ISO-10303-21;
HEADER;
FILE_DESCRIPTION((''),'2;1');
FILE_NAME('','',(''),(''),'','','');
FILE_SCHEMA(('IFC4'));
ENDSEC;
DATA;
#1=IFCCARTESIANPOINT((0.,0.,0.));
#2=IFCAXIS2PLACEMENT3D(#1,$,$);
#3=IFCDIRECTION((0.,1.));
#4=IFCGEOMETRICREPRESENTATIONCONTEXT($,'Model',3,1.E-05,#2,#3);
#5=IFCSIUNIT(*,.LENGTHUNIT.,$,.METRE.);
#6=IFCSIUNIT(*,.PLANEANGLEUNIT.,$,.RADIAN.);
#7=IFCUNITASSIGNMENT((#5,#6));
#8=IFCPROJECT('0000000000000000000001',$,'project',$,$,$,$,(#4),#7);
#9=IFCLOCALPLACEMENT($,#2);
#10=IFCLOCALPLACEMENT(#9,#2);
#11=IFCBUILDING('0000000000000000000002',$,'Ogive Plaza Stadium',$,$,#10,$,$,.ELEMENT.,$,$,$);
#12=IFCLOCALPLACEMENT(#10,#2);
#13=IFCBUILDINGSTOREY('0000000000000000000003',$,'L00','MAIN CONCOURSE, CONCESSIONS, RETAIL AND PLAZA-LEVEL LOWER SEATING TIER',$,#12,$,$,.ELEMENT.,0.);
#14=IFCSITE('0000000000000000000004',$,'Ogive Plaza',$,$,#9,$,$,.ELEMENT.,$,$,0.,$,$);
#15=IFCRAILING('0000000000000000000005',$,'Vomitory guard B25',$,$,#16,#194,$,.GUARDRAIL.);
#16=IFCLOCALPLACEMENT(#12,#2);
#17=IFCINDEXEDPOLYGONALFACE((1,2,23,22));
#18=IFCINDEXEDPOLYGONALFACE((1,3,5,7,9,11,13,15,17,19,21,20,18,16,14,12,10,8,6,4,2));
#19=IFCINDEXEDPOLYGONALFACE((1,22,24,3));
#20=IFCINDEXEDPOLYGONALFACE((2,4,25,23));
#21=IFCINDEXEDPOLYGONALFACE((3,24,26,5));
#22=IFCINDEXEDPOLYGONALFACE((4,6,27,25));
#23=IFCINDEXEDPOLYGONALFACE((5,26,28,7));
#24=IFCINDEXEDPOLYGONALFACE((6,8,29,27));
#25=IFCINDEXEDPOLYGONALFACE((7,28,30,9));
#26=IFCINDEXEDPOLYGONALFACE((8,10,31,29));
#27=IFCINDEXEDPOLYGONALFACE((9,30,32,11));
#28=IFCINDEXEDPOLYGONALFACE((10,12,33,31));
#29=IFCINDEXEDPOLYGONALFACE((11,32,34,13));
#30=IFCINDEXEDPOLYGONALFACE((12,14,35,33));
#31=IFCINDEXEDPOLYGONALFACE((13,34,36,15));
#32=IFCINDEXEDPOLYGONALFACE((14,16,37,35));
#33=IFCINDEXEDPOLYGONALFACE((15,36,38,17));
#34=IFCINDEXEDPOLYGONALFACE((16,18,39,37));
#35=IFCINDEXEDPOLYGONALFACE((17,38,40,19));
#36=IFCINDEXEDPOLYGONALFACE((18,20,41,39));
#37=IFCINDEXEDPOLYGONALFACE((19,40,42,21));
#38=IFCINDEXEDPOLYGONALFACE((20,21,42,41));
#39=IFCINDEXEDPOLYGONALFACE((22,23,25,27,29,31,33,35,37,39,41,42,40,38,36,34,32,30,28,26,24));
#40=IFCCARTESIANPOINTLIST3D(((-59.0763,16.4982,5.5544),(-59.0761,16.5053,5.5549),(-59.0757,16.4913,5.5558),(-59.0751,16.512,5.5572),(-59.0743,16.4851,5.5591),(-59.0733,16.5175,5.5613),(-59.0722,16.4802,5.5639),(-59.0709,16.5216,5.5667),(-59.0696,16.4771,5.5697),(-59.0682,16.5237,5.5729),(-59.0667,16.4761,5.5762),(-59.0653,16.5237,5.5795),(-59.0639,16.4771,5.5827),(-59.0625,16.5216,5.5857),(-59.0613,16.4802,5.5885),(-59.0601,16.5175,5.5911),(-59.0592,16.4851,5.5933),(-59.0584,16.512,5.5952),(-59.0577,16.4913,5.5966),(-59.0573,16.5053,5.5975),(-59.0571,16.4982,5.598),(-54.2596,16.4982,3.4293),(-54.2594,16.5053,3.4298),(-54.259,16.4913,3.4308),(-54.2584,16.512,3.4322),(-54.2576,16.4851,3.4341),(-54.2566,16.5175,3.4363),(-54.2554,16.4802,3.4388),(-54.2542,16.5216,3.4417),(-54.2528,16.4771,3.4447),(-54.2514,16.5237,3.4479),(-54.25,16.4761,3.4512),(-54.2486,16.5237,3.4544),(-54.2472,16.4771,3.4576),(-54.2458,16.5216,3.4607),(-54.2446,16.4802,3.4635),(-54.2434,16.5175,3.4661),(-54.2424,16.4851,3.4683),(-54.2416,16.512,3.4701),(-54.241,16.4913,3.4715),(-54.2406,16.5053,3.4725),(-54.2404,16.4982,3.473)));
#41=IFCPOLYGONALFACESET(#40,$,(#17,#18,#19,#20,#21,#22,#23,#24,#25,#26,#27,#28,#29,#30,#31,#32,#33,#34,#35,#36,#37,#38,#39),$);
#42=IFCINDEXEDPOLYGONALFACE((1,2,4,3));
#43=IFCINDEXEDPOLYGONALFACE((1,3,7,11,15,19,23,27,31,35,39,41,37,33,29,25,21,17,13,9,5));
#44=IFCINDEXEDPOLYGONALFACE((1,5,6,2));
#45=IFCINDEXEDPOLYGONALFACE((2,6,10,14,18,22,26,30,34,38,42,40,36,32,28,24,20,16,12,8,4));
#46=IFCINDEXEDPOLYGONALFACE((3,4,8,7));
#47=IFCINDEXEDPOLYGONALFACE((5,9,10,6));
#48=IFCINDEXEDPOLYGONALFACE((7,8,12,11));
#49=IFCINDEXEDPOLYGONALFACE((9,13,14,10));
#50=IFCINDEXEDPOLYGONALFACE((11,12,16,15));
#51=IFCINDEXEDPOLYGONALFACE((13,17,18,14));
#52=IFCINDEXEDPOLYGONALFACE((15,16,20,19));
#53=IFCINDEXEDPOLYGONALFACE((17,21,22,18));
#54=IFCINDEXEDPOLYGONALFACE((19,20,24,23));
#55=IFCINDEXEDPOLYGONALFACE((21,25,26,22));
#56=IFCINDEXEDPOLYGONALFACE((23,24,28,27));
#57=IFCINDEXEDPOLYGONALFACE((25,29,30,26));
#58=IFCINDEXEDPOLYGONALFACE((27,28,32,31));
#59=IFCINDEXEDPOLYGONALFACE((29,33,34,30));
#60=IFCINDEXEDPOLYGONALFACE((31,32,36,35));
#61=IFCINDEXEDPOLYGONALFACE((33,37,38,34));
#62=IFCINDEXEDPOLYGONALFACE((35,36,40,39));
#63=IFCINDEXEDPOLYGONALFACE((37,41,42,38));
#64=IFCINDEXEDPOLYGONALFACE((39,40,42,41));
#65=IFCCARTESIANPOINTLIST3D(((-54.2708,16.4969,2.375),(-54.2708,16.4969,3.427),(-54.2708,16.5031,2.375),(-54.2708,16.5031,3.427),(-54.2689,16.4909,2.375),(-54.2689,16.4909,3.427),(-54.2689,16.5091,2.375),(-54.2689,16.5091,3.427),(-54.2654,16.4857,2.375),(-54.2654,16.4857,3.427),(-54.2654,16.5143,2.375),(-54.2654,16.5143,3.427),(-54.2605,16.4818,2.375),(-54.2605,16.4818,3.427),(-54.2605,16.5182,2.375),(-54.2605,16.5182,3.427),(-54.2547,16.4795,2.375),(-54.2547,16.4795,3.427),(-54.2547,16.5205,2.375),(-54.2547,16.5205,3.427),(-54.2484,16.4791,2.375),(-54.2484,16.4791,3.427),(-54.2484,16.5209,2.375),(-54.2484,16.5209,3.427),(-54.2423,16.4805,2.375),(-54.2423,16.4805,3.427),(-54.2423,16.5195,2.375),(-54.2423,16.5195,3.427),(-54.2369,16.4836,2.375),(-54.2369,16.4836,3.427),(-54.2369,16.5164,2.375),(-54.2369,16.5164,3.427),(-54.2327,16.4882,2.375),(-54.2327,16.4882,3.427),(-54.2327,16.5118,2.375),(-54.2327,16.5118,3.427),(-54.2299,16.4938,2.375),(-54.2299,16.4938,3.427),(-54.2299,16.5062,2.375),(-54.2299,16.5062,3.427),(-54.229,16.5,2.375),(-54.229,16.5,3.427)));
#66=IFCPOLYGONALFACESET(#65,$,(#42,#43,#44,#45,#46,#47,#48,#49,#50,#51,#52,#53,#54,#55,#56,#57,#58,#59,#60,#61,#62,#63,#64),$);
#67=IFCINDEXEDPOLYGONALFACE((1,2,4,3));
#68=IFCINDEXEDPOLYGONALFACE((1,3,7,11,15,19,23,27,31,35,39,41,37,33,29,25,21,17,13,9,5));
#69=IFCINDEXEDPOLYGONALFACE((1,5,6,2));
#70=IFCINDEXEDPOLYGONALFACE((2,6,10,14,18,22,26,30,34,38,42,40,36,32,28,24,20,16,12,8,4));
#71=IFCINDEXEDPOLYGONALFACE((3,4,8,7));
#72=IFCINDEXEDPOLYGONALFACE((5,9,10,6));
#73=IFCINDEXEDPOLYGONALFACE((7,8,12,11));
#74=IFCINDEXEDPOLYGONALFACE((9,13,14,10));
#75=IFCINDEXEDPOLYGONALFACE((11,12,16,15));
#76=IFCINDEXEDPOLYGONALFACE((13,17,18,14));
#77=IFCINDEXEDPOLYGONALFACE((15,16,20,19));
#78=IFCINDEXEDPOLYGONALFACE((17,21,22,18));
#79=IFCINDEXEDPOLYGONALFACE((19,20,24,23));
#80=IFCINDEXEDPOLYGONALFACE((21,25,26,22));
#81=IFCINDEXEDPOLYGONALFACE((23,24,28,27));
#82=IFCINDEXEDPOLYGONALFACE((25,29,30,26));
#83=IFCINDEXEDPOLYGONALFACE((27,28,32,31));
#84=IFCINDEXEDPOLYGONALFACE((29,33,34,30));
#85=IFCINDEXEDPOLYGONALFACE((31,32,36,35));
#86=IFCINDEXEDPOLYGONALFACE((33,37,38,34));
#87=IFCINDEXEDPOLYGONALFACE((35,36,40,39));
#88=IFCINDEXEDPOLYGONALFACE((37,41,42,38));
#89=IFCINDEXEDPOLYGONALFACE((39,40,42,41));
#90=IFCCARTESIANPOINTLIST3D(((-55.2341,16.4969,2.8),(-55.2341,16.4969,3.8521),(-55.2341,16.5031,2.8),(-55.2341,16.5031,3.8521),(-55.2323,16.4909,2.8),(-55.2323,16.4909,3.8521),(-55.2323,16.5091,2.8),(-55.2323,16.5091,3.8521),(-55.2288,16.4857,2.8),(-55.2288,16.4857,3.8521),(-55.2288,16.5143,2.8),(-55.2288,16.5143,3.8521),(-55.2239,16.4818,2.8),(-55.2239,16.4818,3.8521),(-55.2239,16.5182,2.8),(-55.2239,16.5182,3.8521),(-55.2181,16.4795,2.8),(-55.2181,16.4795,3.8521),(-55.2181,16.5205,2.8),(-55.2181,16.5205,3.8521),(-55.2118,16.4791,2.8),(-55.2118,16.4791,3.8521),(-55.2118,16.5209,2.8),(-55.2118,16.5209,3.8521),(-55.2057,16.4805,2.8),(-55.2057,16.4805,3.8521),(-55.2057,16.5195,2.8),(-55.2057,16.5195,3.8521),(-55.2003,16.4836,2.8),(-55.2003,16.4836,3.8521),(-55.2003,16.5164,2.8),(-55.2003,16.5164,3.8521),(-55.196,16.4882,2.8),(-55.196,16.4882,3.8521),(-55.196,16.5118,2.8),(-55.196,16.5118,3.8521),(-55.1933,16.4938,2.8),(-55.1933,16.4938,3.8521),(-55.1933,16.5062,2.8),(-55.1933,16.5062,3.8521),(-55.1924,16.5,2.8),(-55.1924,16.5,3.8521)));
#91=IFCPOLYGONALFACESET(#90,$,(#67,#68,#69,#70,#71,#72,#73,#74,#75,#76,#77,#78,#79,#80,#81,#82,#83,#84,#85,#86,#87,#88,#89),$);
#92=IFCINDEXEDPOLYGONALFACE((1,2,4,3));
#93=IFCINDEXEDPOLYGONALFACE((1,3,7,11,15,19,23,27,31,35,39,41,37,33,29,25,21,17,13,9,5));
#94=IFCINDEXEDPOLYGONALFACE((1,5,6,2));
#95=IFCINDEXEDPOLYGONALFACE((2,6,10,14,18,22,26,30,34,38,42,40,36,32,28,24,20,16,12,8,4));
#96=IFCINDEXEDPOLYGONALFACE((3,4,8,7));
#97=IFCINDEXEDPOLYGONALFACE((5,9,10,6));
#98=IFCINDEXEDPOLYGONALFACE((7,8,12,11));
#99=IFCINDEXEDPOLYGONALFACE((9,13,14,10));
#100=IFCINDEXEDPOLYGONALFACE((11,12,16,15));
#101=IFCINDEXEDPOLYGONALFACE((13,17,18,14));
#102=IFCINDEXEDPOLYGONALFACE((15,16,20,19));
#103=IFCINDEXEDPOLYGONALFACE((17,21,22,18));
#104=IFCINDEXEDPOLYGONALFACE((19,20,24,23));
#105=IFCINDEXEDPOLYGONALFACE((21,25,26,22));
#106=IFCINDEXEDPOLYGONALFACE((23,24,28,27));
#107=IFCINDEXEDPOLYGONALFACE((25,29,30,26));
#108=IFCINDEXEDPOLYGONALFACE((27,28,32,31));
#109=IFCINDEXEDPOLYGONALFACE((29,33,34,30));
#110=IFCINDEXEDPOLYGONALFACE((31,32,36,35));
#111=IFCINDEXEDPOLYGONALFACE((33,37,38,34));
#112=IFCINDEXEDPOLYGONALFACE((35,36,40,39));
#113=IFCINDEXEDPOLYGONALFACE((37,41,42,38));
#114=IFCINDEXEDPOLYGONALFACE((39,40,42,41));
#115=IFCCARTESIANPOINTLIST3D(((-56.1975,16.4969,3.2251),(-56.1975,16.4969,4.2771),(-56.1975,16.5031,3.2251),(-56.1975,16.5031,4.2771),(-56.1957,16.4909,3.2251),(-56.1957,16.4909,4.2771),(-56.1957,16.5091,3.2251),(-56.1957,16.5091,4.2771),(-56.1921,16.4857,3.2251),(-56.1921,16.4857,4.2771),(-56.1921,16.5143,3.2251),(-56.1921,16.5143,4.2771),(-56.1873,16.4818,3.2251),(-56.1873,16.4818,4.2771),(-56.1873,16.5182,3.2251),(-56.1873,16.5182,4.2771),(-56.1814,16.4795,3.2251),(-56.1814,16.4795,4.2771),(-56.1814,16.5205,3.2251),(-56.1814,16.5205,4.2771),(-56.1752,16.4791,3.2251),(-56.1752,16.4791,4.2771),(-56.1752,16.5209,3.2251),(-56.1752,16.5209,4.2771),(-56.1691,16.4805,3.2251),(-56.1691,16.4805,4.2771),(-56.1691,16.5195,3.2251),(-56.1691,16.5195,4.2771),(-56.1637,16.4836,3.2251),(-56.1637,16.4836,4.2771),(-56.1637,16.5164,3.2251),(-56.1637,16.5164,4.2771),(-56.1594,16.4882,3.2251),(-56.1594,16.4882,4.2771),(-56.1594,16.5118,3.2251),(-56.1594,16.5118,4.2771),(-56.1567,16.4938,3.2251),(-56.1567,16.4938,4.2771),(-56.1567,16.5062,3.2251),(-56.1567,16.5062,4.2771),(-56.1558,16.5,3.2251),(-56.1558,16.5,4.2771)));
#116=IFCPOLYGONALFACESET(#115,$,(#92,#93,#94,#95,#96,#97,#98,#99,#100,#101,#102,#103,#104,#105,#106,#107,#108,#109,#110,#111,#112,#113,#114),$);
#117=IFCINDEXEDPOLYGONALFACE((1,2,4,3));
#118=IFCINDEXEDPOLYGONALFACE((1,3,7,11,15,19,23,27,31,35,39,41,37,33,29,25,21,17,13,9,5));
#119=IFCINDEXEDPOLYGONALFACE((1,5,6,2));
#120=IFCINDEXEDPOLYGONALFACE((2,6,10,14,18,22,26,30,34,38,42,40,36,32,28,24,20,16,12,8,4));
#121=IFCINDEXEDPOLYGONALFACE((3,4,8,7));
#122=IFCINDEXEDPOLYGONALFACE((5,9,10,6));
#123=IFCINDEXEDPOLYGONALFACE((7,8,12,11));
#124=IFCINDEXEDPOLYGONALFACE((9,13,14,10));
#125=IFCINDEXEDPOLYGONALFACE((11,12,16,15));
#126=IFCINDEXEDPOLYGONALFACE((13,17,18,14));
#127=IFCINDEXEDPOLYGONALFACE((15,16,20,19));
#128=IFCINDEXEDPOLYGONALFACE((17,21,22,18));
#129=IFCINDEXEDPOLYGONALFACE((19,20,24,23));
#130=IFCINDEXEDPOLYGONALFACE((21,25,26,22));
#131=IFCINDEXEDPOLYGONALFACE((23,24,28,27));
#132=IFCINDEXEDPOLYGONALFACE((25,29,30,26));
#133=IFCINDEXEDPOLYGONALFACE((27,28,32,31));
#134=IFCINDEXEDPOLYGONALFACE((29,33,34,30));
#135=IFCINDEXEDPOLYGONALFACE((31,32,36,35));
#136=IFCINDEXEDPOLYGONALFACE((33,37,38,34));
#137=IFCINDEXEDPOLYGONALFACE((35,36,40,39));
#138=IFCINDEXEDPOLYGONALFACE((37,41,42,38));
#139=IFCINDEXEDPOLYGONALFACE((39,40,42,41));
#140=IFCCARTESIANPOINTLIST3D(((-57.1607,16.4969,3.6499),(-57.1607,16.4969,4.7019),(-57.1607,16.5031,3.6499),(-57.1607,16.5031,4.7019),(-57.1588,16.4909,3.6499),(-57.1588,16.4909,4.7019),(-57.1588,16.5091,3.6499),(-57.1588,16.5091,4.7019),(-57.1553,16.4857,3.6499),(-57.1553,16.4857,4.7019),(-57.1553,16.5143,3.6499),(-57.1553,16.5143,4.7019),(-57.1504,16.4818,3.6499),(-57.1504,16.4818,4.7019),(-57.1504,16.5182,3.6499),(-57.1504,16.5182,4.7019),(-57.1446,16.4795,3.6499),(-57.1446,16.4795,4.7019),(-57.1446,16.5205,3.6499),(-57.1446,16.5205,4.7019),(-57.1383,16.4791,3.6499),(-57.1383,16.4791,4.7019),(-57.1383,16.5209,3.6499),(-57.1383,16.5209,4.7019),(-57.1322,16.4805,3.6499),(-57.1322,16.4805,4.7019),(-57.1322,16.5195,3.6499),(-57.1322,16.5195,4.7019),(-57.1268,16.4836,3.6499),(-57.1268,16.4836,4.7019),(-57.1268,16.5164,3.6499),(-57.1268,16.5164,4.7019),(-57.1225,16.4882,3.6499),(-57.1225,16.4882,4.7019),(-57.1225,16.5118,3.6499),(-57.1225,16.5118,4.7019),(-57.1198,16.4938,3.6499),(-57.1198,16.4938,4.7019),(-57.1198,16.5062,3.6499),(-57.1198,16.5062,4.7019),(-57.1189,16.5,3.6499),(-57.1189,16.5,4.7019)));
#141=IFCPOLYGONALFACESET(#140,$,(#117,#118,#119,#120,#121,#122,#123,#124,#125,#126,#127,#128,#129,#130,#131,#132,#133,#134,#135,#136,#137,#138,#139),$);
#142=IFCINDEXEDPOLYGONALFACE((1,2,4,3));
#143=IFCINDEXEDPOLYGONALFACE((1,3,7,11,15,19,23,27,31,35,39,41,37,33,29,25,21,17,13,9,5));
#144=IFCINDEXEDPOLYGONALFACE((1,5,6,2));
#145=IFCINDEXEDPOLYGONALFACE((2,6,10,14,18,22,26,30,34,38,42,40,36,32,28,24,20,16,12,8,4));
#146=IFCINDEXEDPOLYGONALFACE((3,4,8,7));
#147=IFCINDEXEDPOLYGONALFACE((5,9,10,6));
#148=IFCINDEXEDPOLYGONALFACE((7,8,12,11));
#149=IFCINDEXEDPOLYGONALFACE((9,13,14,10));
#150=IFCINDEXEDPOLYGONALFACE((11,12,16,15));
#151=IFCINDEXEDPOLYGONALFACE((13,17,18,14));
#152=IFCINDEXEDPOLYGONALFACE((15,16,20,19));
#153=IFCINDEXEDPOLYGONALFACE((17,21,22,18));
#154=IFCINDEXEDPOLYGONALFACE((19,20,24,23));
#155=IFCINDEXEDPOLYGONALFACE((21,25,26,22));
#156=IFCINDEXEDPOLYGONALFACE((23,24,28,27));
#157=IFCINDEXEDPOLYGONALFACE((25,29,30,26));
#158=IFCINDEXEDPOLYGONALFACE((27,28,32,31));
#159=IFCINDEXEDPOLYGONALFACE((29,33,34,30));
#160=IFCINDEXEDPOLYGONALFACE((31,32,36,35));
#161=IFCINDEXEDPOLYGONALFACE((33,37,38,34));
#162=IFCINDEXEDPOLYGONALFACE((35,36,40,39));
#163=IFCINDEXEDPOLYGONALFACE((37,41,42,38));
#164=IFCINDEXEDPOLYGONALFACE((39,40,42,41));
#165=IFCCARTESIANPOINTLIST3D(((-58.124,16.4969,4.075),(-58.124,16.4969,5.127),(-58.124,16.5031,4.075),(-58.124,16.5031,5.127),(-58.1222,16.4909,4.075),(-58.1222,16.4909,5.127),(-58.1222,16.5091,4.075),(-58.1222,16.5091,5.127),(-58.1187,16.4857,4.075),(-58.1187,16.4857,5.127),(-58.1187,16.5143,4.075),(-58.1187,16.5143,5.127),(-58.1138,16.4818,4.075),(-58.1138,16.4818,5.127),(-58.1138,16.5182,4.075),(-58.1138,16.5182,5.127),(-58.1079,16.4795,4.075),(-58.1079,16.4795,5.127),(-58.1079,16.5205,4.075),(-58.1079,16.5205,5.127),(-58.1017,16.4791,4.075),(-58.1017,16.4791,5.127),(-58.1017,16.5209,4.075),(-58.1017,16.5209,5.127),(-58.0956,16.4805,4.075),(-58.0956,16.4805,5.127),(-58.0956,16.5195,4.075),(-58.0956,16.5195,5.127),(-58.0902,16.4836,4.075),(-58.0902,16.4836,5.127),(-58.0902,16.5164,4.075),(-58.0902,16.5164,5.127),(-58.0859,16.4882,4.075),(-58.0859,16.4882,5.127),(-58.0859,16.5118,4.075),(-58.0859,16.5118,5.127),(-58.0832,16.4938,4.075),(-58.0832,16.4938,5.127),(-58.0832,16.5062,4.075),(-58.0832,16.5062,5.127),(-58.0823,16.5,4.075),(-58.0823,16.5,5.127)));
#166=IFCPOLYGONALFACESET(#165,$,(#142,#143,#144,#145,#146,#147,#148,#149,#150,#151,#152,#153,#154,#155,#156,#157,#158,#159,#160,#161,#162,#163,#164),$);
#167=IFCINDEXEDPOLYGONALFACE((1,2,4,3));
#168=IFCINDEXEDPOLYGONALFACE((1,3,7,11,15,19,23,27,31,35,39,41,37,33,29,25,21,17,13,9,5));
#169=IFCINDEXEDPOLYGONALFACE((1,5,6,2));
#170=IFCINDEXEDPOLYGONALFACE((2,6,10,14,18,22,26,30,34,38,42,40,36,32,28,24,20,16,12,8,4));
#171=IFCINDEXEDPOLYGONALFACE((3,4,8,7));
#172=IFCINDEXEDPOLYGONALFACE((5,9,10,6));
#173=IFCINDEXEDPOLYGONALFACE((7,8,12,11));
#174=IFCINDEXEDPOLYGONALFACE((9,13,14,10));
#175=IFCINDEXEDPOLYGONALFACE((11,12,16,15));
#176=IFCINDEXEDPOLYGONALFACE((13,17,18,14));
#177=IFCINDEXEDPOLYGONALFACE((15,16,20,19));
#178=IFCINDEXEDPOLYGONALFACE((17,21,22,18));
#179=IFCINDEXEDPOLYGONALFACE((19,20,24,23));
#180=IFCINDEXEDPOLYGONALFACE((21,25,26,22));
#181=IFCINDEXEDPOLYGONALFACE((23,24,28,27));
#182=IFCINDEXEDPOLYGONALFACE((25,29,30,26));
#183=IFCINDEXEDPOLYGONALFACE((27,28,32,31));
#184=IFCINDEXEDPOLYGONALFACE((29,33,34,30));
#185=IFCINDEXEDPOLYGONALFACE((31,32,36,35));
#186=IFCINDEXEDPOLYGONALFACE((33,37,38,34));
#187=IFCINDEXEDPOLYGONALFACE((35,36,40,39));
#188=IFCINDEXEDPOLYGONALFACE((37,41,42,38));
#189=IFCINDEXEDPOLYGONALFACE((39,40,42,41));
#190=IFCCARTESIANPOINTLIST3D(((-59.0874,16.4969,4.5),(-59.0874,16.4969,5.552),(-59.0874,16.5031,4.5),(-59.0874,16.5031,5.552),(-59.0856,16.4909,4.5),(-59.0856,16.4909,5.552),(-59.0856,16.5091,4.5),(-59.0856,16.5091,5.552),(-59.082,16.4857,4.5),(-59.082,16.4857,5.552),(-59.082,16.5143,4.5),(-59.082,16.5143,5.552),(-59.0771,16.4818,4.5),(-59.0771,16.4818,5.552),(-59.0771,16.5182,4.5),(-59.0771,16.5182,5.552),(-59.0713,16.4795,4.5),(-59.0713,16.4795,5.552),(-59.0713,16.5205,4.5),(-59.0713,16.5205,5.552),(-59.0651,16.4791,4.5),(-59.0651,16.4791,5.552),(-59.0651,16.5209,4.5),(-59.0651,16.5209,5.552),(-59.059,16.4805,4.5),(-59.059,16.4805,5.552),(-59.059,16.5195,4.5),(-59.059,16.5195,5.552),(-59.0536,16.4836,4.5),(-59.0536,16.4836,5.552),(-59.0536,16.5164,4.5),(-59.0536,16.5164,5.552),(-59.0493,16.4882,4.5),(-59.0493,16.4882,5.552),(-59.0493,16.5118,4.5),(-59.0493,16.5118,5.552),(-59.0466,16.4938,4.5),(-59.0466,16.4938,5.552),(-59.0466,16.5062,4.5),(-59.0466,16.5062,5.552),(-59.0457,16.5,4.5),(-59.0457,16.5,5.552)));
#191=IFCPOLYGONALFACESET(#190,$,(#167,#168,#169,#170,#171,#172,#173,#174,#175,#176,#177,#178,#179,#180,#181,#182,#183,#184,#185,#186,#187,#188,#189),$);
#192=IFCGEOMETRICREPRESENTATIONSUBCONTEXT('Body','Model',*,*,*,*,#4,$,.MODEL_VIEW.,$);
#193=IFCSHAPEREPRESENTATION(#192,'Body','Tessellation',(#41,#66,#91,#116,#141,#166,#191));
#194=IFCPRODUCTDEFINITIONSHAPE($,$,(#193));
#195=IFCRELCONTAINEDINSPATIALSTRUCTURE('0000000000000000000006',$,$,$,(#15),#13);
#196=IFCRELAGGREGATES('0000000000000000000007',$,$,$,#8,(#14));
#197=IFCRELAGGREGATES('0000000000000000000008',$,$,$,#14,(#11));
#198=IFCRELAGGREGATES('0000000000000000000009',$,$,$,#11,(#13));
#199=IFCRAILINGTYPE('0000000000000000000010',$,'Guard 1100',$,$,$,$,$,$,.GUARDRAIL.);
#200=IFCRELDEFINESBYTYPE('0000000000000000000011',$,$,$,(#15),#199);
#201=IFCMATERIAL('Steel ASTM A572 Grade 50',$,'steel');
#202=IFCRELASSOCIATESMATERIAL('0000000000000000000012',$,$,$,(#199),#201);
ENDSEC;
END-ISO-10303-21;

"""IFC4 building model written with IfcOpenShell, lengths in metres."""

from ifc_helpers import new_model, si_unit, direction, frame, origin, origin_2d, place, context, subcontext, project, spatial, circle, extrude, material, type_object, element, save


model = new_model("IFC4")

# Units and contexts
model_context = context("Model", 3, precision=1e-05, world=origin(), true_north=direction((0.0, 1.0)))
body_context = subcontext(model_context, "Body", "Model", "MODEL_VIEW")
ifc_project = project(units=[si_unit("LENGTHUNIT", "METRE"), si_unit("PLANEANGLEUNIT", "RADIAN")], contexts=[model_context])

# Site, building, storey
site_placement = place(None, origin())
site = spatial("IfcSite", under=ifc_project, at=site_placement, Name="Ogive Plaza", CompositionType="ELEMENT", RefElevation=0.0)
building_placement = place(site_placement, origin())
building = spatial("IfcBuilding", under=site, at=building_placement, Name="Ogive Plaza Stadium", CompositionType="ELEMENT")
storey_placement = place(building_placement, origin())
storey = spatial("IfcBuildingStorey", under=building, at=storey_placement, Name="L00", Description="MAIN CONCOURSE, CONCESSIONS, RETAIL AND PLAZA-LEVEL LOWER SEATING TIER", CompositionType="ELEMENT", Elevation=0.0)

# Railing
ifc_material_1 = material(Name="Steel ASTM A572 Grade 50", Category="steel")
railing_type = type_object("IfcRailingType", Name="Guard 1100", PredefinedType="GUARDRAIL", material=ifc_material_1)
for number, where, name in (
    (1, (-54.25, 16.5, 2.375), "Vomitory guard B25"),
):
    element("IfcRailing", number, at=place(storey_placement, frame(where)), inside=storey, type_object=railing_type, Name=name, PredefinedType="GUARDRAIL", context=body_context, shape_type="SweptSolid", body=[
        extrude(circle(Radius=0.0239, at=origin_2d()), frame((0.0, 0.0, 1.0762), z_axis=(-0.914917, 0.0, 0.403641), x_axis=(0.0, -1.0, 0.0)), (0.0, 0.0, 1.0), 5.2646),
        extrude(circle(Radius=0.021, at=origin_2d()), origin(), (0.0, 0.0, 1.0), 1.052),
        extrude(circle(Radius=0.021, at=origin_2d()), frame((-0.9634, 0.0, 0.425)), (0.0, 0.0, 1.0), 1.052),
        extrude(circle(Radius=0.021, at=origin_2d()), frame((-1.9268, 0.0, 0.8501)), (0.0, 0.0, 1.0), 1.052),
        extrude(circle(Radius=0.021, at=origin_2d()), frame((-2.8899, 0.0, 1.2749)), (0.0, 0.0, 1.0), 1.052),
        extrude(circle(Radius=0.021, at=origin_2d()), frame((-3.8533, 0.0, 1.7)), (0.0, 0.0, 1.0), 1.052),
        extrude(circle(Radius=0.021, at=origin_2d()), frame((-4.8167, 0.0, 2.125)), (0.0, 0.0, 1.0), 1.052),
    ])

save(model, "model.ifc")
